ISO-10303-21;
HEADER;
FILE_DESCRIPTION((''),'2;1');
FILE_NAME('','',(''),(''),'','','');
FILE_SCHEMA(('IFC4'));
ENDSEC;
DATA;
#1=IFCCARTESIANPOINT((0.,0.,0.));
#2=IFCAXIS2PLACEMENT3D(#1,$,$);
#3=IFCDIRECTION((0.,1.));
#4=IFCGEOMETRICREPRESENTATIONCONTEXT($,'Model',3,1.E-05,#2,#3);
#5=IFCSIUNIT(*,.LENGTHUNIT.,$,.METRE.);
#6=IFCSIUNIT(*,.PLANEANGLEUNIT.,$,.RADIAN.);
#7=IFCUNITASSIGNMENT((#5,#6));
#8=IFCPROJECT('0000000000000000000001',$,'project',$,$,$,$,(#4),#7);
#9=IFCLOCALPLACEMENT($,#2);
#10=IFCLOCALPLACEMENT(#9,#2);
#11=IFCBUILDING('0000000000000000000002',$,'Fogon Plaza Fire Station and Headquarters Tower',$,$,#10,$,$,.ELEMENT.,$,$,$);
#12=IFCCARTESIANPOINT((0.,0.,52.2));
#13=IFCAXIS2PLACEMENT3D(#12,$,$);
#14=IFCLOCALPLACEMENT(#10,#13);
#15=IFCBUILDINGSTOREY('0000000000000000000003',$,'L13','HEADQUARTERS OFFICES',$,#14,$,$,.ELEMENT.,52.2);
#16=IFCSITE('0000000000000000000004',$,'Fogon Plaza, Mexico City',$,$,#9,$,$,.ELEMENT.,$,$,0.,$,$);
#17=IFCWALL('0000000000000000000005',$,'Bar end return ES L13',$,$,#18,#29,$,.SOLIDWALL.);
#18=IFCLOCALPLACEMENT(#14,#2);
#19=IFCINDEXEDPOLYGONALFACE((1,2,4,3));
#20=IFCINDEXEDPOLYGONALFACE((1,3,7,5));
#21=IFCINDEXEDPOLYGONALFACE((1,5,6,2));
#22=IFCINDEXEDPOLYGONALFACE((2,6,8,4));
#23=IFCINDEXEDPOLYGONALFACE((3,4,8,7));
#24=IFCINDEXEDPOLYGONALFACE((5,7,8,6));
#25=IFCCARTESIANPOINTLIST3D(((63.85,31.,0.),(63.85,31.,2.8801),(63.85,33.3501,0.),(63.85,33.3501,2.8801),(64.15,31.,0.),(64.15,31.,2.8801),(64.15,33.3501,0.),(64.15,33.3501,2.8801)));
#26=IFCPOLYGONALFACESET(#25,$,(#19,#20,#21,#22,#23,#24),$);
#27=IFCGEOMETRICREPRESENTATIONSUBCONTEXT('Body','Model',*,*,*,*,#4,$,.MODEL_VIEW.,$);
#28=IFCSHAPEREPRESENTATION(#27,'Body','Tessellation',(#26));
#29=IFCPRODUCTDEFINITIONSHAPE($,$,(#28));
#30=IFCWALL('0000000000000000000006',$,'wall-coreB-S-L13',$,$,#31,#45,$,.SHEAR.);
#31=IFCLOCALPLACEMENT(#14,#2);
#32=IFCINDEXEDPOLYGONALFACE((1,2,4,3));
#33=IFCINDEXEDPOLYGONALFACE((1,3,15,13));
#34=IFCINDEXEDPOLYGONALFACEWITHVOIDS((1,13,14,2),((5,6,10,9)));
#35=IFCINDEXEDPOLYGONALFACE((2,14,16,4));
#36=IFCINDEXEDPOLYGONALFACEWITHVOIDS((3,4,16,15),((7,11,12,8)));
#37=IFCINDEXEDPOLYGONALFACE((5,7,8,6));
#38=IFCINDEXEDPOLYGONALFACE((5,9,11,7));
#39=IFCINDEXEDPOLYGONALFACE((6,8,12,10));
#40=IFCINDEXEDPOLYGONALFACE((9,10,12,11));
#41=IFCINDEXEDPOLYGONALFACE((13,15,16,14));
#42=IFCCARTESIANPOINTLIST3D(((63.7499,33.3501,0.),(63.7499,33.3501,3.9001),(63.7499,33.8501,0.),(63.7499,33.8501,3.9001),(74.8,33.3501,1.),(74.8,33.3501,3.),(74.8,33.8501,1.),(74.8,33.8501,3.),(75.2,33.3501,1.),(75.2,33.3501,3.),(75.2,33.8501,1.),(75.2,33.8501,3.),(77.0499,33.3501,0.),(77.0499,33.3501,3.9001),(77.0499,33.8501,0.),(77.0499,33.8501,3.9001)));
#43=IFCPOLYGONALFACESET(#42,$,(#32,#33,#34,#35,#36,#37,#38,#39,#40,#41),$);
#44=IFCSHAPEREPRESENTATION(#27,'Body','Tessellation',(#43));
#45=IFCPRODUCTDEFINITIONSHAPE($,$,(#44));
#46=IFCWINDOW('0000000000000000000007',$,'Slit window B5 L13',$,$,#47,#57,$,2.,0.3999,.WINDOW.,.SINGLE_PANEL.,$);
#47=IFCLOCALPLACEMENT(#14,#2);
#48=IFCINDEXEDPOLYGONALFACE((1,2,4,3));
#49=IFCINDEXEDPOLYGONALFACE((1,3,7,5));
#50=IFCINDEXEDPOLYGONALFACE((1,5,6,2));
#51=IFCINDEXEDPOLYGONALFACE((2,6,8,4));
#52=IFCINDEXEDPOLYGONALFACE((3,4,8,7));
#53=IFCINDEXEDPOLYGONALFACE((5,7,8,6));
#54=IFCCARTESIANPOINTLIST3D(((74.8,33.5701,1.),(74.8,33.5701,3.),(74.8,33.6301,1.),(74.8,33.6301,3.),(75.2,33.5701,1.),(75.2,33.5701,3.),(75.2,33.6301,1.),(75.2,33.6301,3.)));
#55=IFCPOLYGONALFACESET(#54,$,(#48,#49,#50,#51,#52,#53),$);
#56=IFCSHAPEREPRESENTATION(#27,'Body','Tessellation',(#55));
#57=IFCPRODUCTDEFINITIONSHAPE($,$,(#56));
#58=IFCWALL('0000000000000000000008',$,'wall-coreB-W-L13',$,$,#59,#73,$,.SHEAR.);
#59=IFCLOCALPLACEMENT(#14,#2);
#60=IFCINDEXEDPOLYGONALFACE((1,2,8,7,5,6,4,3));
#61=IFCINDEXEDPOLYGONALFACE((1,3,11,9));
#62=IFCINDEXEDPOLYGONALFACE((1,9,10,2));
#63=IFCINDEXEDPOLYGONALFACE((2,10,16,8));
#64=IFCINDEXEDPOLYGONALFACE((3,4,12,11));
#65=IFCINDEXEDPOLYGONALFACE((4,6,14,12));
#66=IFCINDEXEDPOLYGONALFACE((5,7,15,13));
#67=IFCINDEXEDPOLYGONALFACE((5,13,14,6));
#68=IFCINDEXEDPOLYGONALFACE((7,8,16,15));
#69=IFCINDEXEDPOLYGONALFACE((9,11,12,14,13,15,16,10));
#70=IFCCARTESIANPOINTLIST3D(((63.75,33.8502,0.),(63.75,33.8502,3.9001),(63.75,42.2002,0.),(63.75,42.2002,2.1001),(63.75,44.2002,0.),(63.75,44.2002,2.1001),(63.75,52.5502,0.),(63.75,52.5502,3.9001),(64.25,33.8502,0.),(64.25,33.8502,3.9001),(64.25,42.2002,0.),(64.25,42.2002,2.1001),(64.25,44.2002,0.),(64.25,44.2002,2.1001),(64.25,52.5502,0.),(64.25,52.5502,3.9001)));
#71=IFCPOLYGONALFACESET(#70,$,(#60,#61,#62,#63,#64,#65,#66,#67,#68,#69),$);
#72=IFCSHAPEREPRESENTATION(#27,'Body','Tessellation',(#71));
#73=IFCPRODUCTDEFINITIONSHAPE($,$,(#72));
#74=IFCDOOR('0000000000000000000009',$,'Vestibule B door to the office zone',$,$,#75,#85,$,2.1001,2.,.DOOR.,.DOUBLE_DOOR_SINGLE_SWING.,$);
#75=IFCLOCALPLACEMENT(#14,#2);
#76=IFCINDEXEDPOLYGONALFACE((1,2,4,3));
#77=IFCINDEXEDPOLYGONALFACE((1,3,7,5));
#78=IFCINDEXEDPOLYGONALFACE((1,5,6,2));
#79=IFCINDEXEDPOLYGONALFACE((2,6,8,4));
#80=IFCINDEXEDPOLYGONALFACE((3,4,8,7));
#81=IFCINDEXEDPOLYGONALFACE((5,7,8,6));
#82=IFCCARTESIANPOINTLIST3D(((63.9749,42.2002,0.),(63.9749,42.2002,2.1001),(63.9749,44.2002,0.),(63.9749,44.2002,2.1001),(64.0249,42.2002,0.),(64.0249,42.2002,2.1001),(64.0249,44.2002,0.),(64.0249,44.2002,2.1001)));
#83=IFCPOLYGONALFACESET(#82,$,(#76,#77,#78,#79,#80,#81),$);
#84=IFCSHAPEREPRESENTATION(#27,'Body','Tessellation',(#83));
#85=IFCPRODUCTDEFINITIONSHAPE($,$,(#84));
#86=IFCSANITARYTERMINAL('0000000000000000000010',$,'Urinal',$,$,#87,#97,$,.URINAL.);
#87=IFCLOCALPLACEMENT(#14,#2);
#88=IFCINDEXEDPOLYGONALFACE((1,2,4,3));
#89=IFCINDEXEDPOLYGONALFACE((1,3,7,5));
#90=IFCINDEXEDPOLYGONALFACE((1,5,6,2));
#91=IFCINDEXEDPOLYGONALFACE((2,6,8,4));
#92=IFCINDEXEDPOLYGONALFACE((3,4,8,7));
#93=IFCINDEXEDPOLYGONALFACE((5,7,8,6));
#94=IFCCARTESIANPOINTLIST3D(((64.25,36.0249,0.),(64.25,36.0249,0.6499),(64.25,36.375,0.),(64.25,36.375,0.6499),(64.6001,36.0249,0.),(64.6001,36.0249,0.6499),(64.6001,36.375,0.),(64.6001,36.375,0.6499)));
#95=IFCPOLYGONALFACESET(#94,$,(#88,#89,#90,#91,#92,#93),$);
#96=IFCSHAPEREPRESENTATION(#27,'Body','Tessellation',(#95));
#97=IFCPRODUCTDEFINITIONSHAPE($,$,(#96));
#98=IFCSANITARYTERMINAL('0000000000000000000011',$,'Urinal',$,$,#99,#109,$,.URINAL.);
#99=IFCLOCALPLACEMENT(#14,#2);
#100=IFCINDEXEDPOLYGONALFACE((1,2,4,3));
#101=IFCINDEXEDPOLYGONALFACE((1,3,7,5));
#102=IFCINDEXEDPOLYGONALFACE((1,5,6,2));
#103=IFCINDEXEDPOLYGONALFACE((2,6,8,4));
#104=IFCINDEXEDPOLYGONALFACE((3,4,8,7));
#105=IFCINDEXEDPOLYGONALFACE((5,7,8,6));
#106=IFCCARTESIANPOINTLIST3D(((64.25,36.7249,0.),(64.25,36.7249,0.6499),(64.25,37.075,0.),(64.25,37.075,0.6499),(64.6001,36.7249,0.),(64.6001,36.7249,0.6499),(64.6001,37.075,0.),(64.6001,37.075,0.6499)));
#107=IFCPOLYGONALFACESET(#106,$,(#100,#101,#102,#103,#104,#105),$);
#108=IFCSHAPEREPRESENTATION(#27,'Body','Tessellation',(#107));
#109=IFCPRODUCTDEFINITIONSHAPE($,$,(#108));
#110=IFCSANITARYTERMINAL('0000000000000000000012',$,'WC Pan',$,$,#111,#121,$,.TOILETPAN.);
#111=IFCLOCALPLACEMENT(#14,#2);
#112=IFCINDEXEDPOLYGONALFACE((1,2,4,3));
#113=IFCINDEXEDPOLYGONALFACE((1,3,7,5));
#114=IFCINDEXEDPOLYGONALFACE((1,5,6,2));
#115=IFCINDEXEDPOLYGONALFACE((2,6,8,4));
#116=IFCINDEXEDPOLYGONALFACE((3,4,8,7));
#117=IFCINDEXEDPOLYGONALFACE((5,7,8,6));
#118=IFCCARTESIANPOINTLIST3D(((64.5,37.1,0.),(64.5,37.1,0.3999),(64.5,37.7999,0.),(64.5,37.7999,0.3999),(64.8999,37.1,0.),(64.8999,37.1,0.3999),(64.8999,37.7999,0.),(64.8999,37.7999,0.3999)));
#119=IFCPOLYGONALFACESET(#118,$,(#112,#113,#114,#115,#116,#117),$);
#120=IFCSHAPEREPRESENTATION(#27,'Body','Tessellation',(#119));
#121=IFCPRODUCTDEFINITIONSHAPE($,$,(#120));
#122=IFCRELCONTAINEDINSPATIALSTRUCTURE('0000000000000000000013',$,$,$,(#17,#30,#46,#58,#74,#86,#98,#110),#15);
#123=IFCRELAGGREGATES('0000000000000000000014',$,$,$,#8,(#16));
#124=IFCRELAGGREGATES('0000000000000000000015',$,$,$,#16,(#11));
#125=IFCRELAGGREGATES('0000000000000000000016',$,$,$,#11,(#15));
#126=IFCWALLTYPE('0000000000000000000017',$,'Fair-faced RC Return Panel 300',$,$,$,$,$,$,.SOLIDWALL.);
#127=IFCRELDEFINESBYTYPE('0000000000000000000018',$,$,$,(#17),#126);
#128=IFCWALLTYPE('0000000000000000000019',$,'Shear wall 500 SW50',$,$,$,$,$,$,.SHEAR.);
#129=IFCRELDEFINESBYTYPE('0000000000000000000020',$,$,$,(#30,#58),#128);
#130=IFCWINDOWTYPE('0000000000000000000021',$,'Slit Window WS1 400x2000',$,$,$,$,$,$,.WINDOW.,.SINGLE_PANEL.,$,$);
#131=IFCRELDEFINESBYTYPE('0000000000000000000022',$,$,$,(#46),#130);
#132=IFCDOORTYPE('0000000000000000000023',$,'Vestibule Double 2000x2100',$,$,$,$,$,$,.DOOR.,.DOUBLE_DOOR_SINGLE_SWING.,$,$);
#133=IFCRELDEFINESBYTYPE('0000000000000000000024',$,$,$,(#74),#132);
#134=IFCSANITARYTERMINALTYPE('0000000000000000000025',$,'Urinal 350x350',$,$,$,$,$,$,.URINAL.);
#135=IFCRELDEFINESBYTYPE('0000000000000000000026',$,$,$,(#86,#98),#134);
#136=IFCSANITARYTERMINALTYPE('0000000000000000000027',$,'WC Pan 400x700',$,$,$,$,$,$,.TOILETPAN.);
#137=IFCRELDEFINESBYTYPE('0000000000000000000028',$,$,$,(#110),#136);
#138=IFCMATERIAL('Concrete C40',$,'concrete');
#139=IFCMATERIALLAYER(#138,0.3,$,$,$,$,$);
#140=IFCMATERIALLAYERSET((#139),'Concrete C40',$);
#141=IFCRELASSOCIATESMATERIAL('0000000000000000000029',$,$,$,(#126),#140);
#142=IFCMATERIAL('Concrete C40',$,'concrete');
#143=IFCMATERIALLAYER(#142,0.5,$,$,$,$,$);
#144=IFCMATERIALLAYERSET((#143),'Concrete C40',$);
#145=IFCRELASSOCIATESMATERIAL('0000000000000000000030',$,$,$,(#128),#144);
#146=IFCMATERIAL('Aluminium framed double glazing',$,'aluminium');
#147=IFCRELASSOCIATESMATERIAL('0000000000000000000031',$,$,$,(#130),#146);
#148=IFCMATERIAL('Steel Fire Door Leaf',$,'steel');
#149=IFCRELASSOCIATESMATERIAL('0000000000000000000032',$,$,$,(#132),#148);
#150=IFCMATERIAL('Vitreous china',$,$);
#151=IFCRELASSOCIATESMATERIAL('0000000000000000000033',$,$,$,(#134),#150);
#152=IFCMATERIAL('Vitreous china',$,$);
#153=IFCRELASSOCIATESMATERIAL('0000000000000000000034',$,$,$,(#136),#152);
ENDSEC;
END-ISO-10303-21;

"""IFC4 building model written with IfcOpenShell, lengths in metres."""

from ifc_helpers import new_model, si_unit, direction, frame, frame_2d, origin, origin_2d, place, context, subcontext, project, spatial, rectangle, extrude, material, layer, layer_set, type_object, element, fill, save


model = new_model("IFC4")

# Units and contexts
model_context = context("Model", 3, precision=1e-05, world=origin(), true_north=direction((0.0, 1.0)))
body_context = subcontext(model_context, "Body", "Model", "MODEL_VIEW")
ifc_project = project(units=[si_unit("LENGTHUNIT", "METRE"), si_unit("PLANEANGLEUNIT", "RADIAN")], contexts=[model_context])

# Site, building, storey
site_placement = place(None, origin())
site = spatial("IfcSite", under=ifc_project, at=site_placement, Name="Fogon Plaza, Mexico City", CompositionType="ELEMENT", RefElevation=0.0)
building_placement = place(site_placement, origin())
building = spatial("IfcBuilding", under=site, at=building_placement, Name="Fogon Plaza Fire Station and Headquarters Tower", CompositionType="ELEMENT")
storey_placement = place(building_placement, frame((0.0, 0.0, 52.2)))
storey = spatial("IfcBuildingStorey", under=building, at=storey_placement, Name="L13", Description="HEADQUARTERS OFFICES", CompositionType="ELEMENT", Elevation=52.2)

# Wall
ifc_material_1 = material(Name="Concrete C40", Category="concrete")
ifc_layer_1 = layer(ifc_material_1, 0.3)
ifc_layer_set_1 = layer_set([ifc_layer_1], Name="Concrete C40")
wall_type_1 = type_object("IfcWallType", Name="Fair-faced RC Return Panel 300", PredefinedType="SOLIDWALL", material=ifc_layer_set_1)
wall_1_placement = place(storey_placement, frame((64.0, 31.0, 0.0), z_axis=(0.0, 0.0, 1.0), x_axis=(0.0, 1.0, 0.0)))
element("IfcWall", 1, at=wall_1_placement, inside=storey, type_object=wall_type_1, Name="Bar end return ES L13", PredefinedType="SOLIDWALL", context=body_context, shape_type="SweptSolid", body=[
    extrude(rectangle(XDim=2.3501, YDim=0.3, at=frame_2d((1.175, 0.0))), origin(), (0.0, 0.0, 1.0), 2.8801),
])

# Wall, opening, window
ifc_material_2 = material(Name="Concrete C40", Category="concrete")
ifc_layer_2 = layer(ifc_material_2, 0.5)
ifc_layer_set_2 = layer_set([ifc_layer_2], Name="Concrete C40")
wall_type_2 = type_object("IfcWallType", Name="Shear wall 500 SW50", PredefinedType="SHEAR", material=ifc_layer_set_2)
wall_2_placement = place(storey_placement, frame((63.75, 33.6001, 0.0), z_axis=(0.0, 0.0, 1.0), x_axis=(1.0, 0.0, 0.0)))
wall_2 = element("IfcWall", 2, at=wall_2_placement, inside=storey, type_object=wall_type_2, Name="wall-coreB-S-L13", PredefinedType="SHEAR", context=body_context, shape_type="SweptSolid", body=[
    extrude(rectangle(XDim=13.3, YDim=0.5, at=frame_2d((6.6499, 0.0))), origin(), (0.0, 0.0, 1.0), 3.9001),
])
opening_1_placement = place(wall_2_placement, frame((11.05, 0.0, 1.0)))
opening_1 = element("IfcOpeningElement", 3, at=opening_1_placement, cuts=wall_2, PredefinedType="OPENING", context=body_context, shape_type="SweptSolid", body=[
    extrude(rectangle(XDim=0.3999, YDim=2.0, at=frame_2d((0.2, 1.0))), frame((0.0, 0.26, 0.0), z_axis=(0.0, -1.0, 0.0), x_axis=(1.0, 0.0, 0.0)), (0.0, 0.0, 1.0), 0.52),
])
ifc_material_3 = material(Name="Aluminium framed double glazing", Category="aluminium")
window_type = type_object("IfcWindowType", Name="Slit Window WS1 400x2000", PartitioningType="SINGLE_PANEL", PredefinedType="WINDOW", material=ifc_material_3)
window_placement = place(opening_1_placement, origin())
window = element("IfcWindow", 4, at=window_placement, inside=storey, type_object=window_type, Name="Slit window B5 L13", OverallHeight=2.0, OverallWidth=0.3999, PartitioningType="SINGLE_PANEL", PredefinedType="WINDOW", context=body_context, shape_type="SweptSolid", body=[
    extrude(rectangle(XDim=0.3999, YDim=2.0, at=frame_2d((0.2, 1.0))), frame((0.0, 0.03, 0.0), z_axis=(0.0, -1.0, 0.0), x_axis=(1.0, 0.0, 0.0)), (0.0, 0.0, 1.0), 0.0601),
])
fill(opening_1, window)

# Wall, opening, door
wall_3_placement = place(storey_placement, frame((64.0, 33.8501, 0.0), z_axis=(0.0, 0.0, 1.0), x_axis=(0.0, 1.0, 0.0)))
wall_3 = element("IfcWall", 5, at=wall_3_placement, inside=storey, type_object=wall_type_2, Name="wall-coreB-W-L13", PredefinedType="SHEAR", context=body_context, shape_type="SweptSolid", body=[
    extrude(rectangle(XDim=18.7, YDim=0.5, at=frame_2d((9.3501, 0.0))), origin(), (0.0, 0.0, 1.0), 3.9001),
])
opening_2_placement = place(wall_3_placement, frame((8.3501, 0.0, 0.0)))
opening_2 = element("IfcOpeningElement", 6, at=opening_2_placement, cuts=wall_3, PredefinedType="OPENING", context=body_context, shape_type="SweptSolid", body=[
    extrude(rectangle(XDim=2.0, YDim=2.1001, at=frame_2d((1.0, 1.05))), frame((0.0, 0.26, 0.0), z_axis=(0.0, -1.0, 0.0), x_axis=(1.0, 0.0, 0.0)), (0.0, 0.0, 1.0), 0.52),
])
ifc_material_4 = material(Name="Steel Fire Door Leaf", Category="steel")
door_type = type_object("IfcDoorType", Name="Vestibule Double 2000x2100", OperationType="DOUBLE_DOOR_SINGLE_SWING", PredefinedType="DOOR", material=ifc_material_4)
door_placement = place(opening_2_placement, frame((2.0, 0.0, 0.0), z_axis=(0.0, 0.0, 1.0), x_axis=(-1.0, 0.0, 0.0)))
door = element("IfcDoor", 7, at=door_placement, inside=storey, type_object=door_type, Name="Vestibule B door to the office zone", OperationType="DOUBLE_DOOR_SINGLE_SWING", OverallHeight=2.1001, OverallWidth=2.0, PredefinedType="DOOR", context=body_context, shape_type="SweptSolid", body=[
    extrude(rectangle(XDim=2.0, YDim=2.1001, at=frame_2d((1.0, 1.05))), frame((0.0, 0.0249, 0.0), z_axis=(0.0, -1.0, 0.0), x_axis=(1.0, 0.0, 0.0)), (0.0, 0.0, 1.0), 0.05),
])
fill(opening_2, door)

# Sanitary terminals
ifc_material_5 = material(Name="Vitreous china")
sanitary_terminal_type_1 = type_object("IfcSanitaryTerminalType", Name="Urinal 350x350", PredefinedType="URINAL", material=ifc_material_5)
for number, where, z_axis, x_axis, name in (
    (8, (64.425, 36.2, 0.0), (0.0, 0.0, 1.0), (1.0, 0.0, 0.0), "Urinal"),
    (9, (64.425, 36.8999, 0.0), (0.0, 0.0, 1.0), (1.0, 0.0, 0.0), "Urinal"),
):
    element("IfcSanitaryTerminal", number, at=place(storey_placement, frame(where, z_axis=z_axis, x_axis=x_axis)), inside=storey, type_object=sanitary_terminal_type_1, Name=name, PredefinedType="URINAL", context=body_context, shape_type="SweptSolid", body=[
        extrude(rectangle(XDim=0.3501, YDim=0.3501, at=origin_2d()), origin(), (0.0, 0.0, 1.0), 0.6499),
    ])
ifc_material_6 = material(Name="Vitreous china")
sanitary_terminal_type_2 = type_object("IfcSanitaryTerminalType", Name="WC Pan 400x700", PredefinedType="TOILETPAN", material=ifc_material_6)
sanitary_terminal_placement = place(storey_placement, frame((64.7, 37.45, 0.0), z_axis=(0.0, 0.0, 1.0), x_axis=(1.0, 0.0, 0.0)))
element("IfcSanitaryTerminal", 10, at=sanitary_terminal_placement, inside=storey, type_object=sanitary_terminal_type_2, Name="WC Pan", PredefinedType="TOILETPAN", context=body_context, shape_type="SweptSolid", body=[
    extrude(rectangle(XDim=0.3999, YDim=0.7, at=origin_2d()), origin(), (0.0, 0.0, 1.0), 0.3999),
])

save(model, "model.ifc")
